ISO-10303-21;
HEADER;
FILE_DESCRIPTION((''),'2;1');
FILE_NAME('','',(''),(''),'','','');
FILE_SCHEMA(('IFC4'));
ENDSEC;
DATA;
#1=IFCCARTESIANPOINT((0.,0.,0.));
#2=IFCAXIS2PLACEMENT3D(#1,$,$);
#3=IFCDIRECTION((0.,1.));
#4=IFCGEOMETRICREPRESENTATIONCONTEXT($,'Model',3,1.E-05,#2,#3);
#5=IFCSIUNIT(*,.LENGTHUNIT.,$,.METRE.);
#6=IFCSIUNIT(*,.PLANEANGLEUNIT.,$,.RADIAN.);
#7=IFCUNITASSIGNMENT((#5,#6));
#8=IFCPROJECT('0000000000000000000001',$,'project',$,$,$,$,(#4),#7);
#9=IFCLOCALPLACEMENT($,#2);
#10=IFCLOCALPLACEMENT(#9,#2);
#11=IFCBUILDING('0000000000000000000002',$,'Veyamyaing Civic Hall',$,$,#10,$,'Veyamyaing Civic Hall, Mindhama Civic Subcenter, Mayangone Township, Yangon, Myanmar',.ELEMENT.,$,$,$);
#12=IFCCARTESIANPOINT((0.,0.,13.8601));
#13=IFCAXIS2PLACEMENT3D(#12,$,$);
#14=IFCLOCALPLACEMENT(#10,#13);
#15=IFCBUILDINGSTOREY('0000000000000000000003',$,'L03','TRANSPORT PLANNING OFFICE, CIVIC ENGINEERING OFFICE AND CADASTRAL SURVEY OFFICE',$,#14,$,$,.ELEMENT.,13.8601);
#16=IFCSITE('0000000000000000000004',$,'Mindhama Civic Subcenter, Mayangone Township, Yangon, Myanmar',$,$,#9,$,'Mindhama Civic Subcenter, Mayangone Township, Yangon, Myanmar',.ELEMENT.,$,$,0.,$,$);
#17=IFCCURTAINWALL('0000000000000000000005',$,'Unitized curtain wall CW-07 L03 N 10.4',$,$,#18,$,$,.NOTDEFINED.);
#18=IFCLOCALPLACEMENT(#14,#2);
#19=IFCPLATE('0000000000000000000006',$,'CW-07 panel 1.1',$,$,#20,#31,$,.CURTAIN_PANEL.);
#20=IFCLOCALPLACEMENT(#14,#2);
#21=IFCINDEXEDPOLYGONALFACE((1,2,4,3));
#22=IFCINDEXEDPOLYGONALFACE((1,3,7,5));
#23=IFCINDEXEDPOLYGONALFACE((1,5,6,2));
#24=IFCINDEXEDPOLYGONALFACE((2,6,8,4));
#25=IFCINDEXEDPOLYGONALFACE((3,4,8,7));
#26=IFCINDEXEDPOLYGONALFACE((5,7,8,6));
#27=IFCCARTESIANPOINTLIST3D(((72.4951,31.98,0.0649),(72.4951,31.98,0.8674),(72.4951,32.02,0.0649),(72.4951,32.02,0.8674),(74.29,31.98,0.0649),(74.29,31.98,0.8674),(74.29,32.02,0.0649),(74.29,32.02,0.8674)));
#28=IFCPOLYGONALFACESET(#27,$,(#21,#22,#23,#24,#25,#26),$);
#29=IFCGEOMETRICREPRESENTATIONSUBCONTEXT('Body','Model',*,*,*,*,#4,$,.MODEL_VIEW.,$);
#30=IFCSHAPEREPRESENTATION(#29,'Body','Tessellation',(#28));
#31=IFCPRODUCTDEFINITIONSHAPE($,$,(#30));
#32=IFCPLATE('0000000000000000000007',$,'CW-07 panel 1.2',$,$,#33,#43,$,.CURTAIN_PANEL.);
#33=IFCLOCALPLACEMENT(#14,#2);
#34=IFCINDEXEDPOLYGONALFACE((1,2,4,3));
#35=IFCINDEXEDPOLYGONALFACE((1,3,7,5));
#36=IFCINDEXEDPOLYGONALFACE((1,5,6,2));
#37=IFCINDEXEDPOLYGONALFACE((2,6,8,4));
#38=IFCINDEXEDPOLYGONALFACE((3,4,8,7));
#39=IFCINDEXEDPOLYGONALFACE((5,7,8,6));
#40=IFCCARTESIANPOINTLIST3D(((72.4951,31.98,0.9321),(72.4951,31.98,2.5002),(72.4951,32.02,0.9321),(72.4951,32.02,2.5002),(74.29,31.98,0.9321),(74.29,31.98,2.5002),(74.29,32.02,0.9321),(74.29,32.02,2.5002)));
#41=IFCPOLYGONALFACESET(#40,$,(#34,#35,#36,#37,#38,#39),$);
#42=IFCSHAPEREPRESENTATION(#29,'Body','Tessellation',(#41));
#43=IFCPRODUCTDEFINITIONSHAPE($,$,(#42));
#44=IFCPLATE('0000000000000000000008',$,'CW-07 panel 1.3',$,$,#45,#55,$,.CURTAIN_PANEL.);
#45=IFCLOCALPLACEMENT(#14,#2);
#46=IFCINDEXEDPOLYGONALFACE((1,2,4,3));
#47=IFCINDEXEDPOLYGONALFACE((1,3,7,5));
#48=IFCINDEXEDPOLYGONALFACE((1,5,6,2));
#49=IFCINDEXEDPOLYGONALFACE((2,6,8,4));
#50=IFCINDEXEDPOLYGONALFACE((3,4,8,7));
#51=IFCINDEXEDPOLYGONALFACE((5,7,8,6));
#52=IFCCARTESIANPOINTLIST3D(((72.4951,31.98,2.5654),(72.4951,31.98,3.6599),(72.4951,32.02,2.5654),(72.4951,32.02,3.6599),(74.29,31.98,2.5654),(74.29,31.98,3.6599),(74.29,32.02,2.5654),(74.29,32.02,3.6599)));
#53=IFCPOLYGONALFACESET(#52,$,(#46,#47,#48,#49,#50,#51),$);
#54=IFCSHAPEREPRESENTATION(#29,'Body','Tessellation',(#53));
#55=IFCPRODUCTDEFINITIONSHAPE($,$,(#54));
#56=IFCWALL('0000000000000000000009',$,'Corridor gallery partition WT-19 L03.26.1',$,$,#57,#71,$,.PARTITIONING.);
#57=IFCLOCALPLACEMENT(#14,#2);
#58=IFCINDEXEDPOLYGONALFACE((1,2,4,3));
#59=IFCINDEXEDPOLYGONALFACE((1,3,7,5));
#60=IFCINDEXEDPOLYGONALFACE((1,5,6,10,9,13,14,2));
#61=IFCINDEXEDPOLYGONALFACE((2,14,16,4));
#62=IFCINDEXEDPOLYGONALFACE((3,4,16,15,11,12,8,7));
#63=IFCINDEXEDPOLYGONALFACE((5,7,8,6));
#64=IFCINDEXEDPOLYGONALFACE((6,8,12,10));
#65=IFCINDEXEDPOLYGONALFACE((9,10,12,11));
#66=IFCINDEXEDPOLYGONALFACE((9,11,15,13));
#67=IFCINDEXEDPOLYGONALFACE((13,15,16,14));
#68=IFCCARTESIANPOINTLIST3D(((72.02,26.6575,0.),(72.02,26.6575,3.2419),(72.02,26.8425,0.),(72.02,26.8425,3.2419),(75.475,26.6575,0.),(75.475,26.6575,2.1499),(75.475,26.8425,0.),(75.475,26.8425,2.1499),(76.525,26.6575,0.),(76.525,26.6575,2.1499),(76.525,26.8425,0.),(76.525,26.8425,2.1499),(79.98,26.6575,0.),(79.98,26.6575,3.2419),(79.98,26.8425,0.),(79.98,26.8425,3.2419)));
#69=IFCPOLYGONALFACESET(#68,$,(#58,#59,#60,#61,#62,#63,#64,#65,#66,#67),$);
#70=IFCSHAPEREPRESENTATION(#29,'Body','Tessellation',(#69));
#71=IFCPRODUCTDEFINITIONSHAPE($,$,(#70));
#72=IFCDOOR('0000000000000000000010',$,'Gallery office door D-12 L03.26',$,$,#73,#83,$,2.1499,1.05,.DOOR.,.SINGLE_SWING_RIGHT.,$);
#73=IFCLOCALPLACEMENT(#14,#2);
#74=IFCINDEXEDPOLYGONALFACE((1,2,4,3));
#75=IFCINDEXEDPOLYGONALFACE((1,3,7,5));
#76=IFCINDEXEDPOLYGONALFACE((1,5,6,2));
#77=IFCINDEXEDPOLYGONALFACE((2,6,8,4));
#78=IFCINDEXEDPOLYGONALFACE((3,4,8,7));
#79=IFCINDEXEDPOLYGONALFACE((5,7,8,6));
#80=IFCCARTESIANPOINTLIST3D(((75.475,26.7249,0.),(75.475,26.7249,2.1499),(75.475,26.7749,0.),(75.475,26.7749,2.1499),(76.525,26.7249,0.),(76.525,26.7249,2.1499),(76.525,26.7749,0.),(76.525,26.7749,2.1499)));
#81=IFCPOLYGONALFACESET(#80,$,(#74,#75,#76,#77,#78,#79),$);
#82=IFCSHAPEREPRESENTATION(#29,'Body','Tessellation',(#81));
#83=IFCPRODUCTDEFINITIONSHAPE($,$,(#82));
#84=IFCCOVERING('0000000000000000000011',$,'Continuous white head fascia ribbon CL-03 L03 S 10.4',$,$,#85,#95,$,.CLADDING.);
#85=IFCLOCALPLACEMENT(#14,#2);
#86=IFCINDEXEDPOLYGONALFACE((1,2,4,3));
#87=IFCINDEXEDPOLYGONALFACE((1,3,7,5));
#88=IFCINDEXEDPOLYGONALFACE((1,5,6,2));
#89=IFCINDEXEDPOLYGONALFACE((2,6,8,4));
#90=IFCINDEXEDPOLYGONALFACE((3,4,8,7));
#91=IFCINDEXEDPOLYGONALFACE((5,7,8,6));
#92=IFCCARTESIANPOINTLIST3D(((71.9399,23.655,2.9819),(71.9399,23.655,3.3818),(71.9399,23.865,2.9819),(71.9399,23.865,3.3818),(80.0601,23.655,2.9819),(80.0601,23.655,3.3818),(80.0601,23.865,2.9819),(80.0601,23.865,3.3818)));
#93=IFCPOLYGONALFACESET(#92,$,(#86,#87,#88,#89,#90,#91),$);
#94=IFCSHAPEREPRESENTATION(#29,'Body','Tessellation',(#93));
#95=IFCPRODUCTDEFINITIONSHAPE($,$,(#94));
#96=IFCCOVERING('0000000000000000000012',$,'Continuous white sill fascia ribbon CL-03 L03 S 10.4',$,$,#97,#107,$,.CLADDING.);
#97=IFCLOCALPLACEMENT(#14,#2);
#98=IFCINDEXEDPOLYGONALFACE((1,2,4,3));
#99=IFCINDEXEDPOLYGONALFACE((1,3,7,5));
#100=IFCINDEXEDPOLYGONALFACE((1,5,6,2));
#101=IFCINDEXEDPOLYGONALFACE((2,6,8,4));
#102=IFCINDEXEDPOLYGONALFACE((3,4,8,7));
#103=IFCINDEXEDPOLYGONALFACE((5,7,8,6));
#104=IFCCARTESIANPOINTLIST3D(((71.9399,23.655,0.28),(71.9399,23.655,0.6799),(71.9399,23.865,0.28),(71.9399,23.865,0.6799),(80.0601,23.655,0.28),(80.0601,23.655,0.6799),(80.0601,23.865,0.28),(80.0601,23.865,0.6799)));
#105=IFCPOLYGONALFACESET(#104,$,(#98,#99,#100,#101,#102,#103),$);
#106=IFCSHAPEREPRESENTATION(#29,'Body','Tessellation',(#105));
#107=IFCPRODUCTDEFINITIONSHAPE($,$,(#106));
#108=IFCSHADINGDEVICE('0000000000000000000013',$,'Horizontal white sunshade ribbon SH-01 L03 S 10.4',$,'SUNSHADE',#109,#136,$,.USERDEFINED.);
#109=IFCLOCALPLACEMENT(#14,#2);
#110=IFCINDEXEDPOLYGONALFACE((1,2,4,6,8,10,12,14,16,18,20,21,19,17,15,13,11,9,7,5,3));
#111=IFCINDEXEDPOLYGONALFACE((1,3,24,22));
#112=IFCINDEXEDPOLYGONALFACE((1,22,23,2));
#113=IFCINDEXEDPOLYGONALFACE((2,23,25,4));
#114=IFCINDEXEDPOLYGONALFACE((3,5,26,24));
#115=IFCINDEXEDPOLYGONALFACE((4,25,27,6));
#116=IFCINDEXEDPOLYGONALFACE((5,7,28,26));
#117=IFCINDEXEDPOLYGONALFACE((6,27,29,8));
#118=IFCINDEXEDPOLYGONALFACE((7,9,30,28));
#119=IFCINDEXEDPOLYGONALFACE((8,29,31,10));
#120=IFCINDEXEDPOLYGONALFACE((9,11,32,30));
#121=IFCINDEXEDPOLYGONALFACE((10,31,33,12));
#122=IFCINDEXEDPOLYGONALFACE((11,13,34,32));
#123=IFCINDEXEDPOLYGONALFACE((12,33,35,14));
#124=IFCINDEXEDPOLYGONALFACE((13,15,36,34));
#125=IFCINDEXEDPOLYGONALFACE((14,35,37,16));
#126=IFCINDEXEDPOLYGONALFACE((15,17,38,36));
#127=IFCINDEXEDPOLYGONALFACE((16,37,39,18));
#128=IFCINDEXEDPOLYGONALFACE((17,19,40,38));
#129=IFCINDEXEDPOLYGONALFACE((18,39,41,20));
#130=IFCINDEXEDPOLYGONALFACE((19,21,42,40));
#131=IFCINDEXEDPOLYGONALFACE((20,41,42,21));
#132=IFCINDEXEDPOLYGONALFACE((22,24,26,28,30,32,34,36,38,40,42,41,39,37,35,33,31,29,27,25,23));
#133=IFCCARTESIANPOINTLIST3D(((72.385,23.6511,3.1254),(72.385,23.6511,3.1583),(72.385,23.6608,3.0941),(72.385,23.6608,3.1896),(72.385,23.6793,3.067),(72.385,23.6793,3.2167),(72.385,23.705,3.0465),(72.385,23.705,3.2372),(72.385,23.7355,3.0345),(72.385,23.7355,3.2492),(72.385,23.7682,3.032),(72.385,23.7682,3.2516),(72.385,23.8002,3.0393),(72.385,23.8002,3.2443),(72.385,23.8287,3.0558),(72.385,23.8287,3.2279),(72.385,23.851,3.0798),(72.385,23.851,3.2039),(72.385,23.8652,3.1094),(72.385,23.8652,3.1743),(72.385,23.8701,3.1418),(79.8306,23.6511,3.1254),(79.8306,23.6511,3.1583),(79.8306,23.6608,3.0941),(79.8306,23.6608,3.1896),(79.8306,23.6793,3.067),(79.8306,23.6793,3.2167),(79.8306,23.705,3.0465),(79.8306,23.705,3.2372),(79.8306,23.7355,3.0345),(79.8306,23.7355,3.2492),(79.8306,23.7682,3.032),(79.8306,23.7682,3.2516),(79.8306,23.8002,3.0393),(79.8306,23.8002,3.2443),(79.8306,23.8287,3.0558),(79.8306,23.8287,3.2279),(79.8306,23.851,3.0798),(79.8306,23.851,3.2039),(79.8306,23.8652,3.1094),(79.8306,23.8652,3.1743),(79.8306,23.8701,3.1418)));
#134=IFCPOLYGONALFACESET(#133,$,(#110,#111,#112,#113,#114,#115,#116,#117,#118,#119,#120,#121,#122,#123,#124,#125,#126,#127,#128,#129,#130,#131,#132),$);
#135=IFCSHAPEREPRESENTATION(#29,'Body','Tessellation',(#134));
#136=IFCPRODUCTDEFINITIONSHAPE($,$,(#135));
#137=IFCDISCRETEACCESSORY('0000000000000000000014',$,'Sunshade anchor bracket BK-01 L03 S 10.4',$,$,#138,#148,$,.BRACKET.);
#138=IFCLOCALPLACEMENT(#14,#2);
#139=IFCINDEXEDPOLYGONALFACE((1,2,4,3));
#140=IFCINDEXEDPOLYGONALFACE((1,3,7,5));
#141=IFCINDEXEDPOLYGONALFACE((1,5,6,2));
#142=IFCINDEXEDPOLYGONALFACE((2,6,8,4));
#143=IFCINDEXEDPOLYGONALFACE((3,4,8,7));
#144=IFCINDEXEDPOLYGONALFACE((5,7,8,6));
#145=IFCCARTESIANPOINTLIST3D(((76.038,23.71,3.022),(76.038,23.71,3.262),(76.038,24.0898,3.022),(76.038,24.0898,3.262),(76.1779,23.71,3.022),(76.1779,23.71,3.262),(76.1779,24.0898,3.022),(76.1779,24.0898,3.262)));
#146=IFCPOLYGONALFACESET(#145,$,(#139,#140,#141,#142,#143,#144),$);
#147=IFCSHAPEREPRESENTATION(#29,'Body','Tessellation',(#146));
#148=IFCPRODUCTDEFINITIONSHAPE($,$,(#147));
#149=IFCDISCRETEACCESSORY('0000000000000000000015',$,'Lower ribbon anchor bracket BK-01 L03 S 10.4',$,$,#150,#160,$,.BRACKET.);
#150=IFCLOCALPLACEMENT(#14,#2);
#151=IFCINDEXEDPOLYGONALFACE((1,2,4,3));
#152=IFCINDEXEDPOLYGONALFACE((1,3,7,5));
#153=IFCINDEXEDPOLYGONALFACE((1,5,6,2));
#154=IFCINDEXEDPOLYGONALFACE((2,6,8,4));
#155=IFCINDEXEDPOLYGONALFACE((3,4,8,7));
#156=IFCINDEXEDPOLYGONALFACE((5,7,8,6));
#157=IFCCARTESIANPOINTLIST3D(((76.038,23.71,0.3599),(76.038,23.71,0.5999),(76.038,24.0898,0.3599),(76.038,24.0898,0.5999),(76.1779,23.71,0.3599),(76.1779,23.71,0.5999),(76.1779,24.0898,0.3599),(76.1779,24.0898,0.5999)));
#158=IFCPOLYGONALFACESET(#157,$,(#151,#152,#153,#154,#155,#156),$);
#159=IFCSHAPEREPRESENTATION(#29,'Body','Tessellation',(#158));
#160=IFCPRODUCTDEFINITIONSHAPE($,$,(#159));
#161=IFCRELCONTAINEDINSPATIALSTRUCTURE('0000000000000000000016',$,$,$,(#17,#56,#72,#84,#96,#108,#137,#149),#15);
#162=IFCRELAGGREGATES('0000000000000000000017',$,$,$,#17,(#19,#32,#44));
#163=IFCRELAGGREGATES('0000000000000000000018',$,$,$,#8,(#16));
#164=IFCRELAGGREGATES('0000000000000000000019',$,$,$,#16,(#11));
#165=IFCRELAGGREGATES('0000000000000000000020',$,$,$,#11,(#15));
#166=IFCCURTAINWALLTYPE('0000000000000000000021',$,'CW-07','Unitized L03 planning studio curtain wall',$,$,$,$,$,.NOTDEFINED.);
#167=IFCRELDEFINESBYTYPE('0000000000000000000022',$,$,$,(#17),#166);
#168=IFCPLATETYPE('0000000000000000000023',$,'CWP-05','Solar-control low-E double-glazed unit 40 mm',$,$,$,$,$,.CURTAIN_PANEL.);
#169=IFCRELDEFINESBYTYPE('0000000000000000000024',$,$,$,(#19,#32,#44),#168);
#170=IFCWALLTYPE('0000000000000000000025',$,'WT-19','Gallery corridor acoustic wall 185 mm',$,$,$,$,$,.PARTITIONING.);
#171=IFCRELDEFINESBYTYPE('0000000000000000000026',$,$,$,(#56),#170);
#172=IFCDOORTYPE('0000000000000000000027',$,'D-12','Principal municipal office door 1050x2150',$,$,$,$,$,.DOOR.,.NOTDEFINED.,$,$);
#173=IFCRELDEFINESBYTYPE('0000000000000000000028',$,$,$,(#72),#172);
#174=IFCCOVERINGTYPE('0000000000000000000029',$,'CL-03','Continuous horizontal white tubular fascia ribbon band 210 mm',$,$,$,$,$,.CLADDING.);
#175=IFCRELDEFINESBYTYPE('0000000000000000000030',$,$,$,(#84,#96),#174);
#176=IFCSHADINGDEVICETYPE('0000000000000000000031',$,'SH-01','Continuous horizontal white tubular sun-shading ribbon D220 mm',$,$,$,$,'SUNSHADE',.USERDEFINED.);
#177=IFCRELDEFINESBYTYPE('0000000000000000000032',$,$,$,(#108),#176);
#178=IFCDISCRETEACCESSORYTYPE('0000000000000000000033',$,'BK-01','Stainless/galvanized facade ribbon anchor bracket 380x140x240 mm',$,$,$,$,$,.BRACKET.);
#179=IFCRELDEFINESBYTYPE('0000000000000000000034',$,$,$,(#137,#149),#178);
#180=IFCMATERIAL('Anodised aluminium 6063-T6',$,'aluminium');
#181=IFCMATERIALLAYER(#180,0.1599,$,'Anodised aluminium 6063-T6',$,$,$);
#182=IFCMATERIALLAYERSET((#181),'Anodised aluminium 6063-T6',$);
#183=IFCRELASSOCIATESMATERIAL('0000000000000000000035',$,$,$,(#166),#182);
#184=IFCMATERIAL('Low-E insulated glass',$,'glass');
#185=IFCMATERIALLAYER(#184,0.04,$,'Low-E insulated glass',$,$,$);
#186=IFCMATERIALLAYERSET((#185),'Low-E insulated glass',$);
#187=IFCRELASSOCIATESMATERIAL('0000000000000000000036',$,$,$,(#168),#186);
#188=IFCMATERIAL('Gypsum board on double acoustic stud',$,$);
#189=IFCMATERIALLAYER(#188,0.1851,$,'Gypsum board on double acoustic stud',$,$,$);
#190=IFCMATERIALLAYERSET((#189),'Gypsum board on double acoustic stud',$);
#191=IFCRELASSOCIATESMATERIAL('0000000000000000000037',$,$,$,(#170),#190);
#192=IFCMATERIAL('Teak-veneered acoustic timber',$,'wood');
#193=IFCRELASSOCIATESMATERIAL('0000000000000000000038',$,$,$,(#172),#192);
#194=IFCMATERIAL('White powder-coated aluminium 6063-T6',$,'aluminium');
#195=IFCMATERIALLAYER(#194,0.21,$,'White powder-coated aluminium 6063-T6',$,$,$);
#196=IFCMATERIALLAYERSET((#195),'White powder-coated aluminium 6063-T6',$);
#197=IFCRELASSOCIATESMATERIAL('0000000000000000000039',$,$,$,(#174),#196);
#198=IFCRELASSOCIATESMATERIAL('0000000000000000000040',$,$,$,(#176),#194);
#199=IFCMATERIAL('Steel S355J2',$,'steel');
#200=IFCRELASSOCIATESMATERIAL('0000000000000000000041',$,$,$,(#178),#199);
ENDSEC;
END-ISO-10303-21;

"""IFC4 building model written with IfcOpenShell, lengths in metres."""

from ifc_helpers import new_model, si_unit, direction, frame, frame_2d, origin, origin_2d, place, context, subcontext, project, spatial, rectangle, circle, extrude, material, layer, layer_set, material_profile, profile_set, type_object, element, fill, aggregate, save


model = new_model("IFC4")

# Units and contexts
model_context = context("Model", 3, precision=1e-05, world=origin(), true_north=direction((0.0, 1.0)))
body_context = subcontext(model_context, "Body", "Model", "MODEL_VIEW")
ifc_project = project(units=[si_unit("LENGTHUNIT", "METRE"), si_unit("PLANEANGLEUNIT", "RADIAN")], contexts=[model_context])

# Site, building, storey
site_placement = place(None, origin())
site = spatial("IfcSite", under=ifc_project, at=site_placement, Name="Mindhama Civic Subcenter, Mayangone Township, Yangon, Myanmar", LongName="Mindhama Civic Subcenter, Mayangone Township, Yangon, Myanmar", CompositionType="ELEMENT", RefElevation=0.0)
building_placement = place(site_placement, origin())
building = spatial("IfcBuilding", under=site, at=building_placement, Name="Veyamyaing Civic Hall", LongName="Veyamyaing Civic Hall, Mindhama Civic Subcenter, Mayangone Township, Yangon, Myanmar", CompositionType="ELEMENT")
storey_placement = place(building_placement, frame((0.0, 0.0, 13.8601)))
storey = spatial("IfcBuildingStorey", under=building, at=storey_placement, Name="L03", Description="TRANSPORT PLANNING OFFICE, CIVIC ENGINEERING OFFICE AND CADASTRAL SURVEY OFFICE", CompositionType="ELEMENT", Elevation=13.8601)

# Curtain wall
ifc_material_1 = material(Name="Anodised aluminium 6063-T6", Category="aluminium")
ifc_layer_1 = layer(ifc_material_1, 0.1599, Name="Anodised aluminium 6063-T6")
ifc_layer_set_1 = layer_set([ifc_layer_1], Name="Anodised aluminium 6063-T6")
curtain_wall_type = type_object("IfcCurtainWallType", Name="CW-07", Description="Unitized L03 planning studio curtain wall", PredefinedType="NOTDEFINED", material=ifc_layer_set_1)
curtain_wall_1_placement = place(storey_placement, origin())
curtain_wall_1 = element("IfcCurtainWall", 1, at=curtain_wall_1_placement, inside=storey, type_object=curtain_wall_type, Name="Unitized curtain wall CW-07 L03 N 10.4", PredefinedType="NOTDEFINED")

# Plates
ifc_material_2 = material(Name="Low-E insulated glass", Category="glass")
ifc_layer_2 = layer(ifc_material_2, 0.04, Name="Low-E insulated glass")
ifc_layer_set_2 = layer_set([ifc_layer_2], Name="Low-E insulated glass")
plate_type = type_object("IfcPlateType", Name="CWP-05", Description="Solar-control low-E double-glazed unit 40 mm", PredefinedType="CURTAIN_PANEL", material=ifc_layer_set_2)
plate_1_placement = place(storey_placement, frame((73.3926, 32.0, 0.0649), z_axis=(0.0, 0.0, 1.0), x_axis=(1.0, 0.0, 0.0)))
plate_1 = element("IfcPlate", 2, at=plate_1_placement, type_object=plate_type, Name="CW-07 panel 1.1", PredefinedType="CURTAIN_PANEL", context=body_context, shape_type="SweptSolid", body=[
    extrude(rectangle(XDim=1.7949, YDim=0.04, at=origin_2d()), origin(), (0.0, 0.0, 1.0), 0.8025),
])
plate_2_placement = place(storey_placement, frame((73.3926, 32.0, 0.9321), z_axis=(0.0, 0.0, 1.0), x_axis=(1.0, 0.0, 0.0)))
plate_2 = element("IfcPlate", 3, at=plate_2_placement, type_object=plate_type, Name="CW-07 panel 1.2", PredefinedType="CURTAIN_PANEL", context=body_context, shape_type="SweptSolid", body=[
    extrude(rectangle(XDim=1.7949, YDim=0.04, at=origin_2d()), origin(), (0.0, 0.0, 1.0), 1.5681),
])
plate_3_placement = place(storey_placement, frame((73.3926, 32.0, 2.5654), z_axis=(0.0, 0.0, 1.0), x_axis=(1.0, 0.0, 0.0)))
plate_3 = element("IfcPlate", 4, at=plate_3_placement, type_object=plate_type, Name="CW-07 panel 1.3", PredefinedType="CURTAIN_PANEL", context=body_context, shape_type="SweptSolid", body=[
    extrude(rectangle(XDim=1.7949, YDim=0.04, at=origin_2d()), origin(), (0.0, 0.0, 1.0), 1.0945),
])
aggregate(curtain_wall_1, [plate_1, plate_2, plate_3])

# Wall, opening, door
ifc_material_3 = material(Name="Gypsum board on double acoustic stud")
ifc_layer_3 = layer(ifc_material_3, 0.1851, Name="Gypsum board on double acoustic stud")
ifc_layer_set_3 = layer_set([ifc_layer_3], Name="Gypsum board on double acoustic stud")
wall_type = type_object("IfcWallType", Name="WT-19", Description="Gallery corridor acoustic wall 185 mm", PredefinedType="PARTITIONING", material=ifc_layer_set_3)
wall_placement = place(storey_placement, frame((72.02, 26.75, 0.0), z_axis=(0.0, 0.0, 1.0), x_axis=(1.0, 0.0, 0.0)))
wall = element("IfcWall", 5, at=wall_placement, inside=storey, type_object=wall_type, Name="Corridor gallery partition WT-19 L03.26.1", PredefinedType="PARTITIONING", context=body_context, shape_type="SweptSolid", body=[
    extrude(rectangle(XDim=7.96, YDim=0.1851, at=frame_2d((3.98, 0.0))), origin(), (0.0, 0.0, 1.0), 3.2419),
])
opening_placement = place(wall_placement, frame((3.4551, 0.0, 0.0)))
opening = element("IfcOpeningElement", 6, at=opening_placement, cuts=wall, PredefinedType="OPENING", context=body_context, shape_type="SweptSolid", body=[
    extrude(rectangle(XDim=1.05, YDim=2.1499, at=frame_2d((0.5249, 1.075))), frame((0.0, 0.1025, 0.0), z_axis=(0.0, -1.0, 0.0), x_axis=(1.0, 0.0, 0.0)), (0.0, 0.0, 1.0), 0.2051),
])
ifc_material_4 = material(Name="Teak-veneered acoustic timber", Category="wood")
door_type = type_object("IfcDoorType", Name="D-12", Description="Principal municipal office door 1050x2150", OperationType="NOTDEFINED", PredefinedType="DOOR", material=ifc_material_4)
door_placement = place(opening_placement, origin())
door = element("IfcDoor", 7, at=door_placement, inside=storey, type_object=door_type, Name="Gallery office door D-12 L03.26", OperationType="SINGLE_SWING_RIGHT", OverallHeight=2.1499, OverallWidth=1.05, PredefinedType="DOOR", context=body_context, shape_type="SweptSolid", body=[
    extrude(rectangle(XDim=1.05, YDim=2.1499, at=frame_2d((0.5249, 1.075))), frame((0.0, 0.0249, 0.0), z_axis=(0.0, -1.0, 0.0), x_axis=(1.0, 0.0, 0.0)), (0.0, 0.0, 1.0), 0.05),
])
fill(opening, door)

# Coverings
ifc_material_5 = material(Name="White powder-coated aluminium 6063-T6", Category="aluminium")
ifc_layer_4 = layer(ifc_material_5, 0.21, Name="White powder-coated aluminium 6063-T6")
ifc_layer_set_4 = layer_set([ifc_layer_4], Name="White powder-coated aluminium 6063-T6")
covering_type = type_object("IfcCoveringType", Name="CL-03", Description="Continuous horizontal white tubular fascia ribbon band 210 mm", PredefinedType="CLADDING", material=ifc_layer_set_4)
for number, where, z_axis, x_axis, name in (
    (8, (76.0, 23.76, 2.9819), (0.0, 0.0, 1.0), (1.0, 0.0, 0.0), "Continuous white head fascia ribbon CL-03 L03 S 10.4"),
    (9, (76.0, 23.76, 0.28), (0.0, 0.0, 1.0), (1.0, 0.0, 0.0), "Continuous white sill fascia ribbon CL-03 L03 S 10.4"),
):
    element("IfcCovering", number, at=place(storey_placement, frame(where, z_axis=z_axis, x_axis=x_axis)), inside=storey, type_object=covering_type, Name=name, PredefinedType="CLADDING", context=body_context, shape_type="SweptSolid", body=[
        extrude(rectangle(XDim=8.1201, YDim=0.21, at=origin_2d()), origin(), (0.0, 0.0, 1.0), 0.3999),
    ])

# Shading device
ifc_material_profile_1 = material_profile(ifc_material_5, circle(Radius=0.1101, at=origin_2d()), Name="SHADE-TUBE-220")
ifc_profile_set_1 = profile_set([ifc_material_profile_1], Name="White powder-coated aluminium 6063-T6")
shading_device_type = type_object("IfcShadingDeviceType", Name="SH-01", Description="Continuous horizontal white tubular sun-shading ribbon D220 mm", ElementType="SUNSHADE", PredefinedType="USERDEFINED", material=ifc_profile_set_1)
shading_device_placement = place(storey_placement, frame((72.385, 23.76, 3.1418), z_axis=(1.0, 0.0, 0.0), x_axis=(0.0, 1.0, 0.0)))
element("IfcShadingDevice", 10, at=shading_device_placement, inside=storey, type_object=shading_device_type, Name="Horizontal white sunshade ribbon SH-01 L03 S 10.4", ObjectType="SUNSHADE", PredefinedType="USERDEFINED", context=body_context, shape_type="SweptSolid", body=[
    extrude(circle(Radius=0.1101, at=origin_2d()), origin(), (0.0, 0.0, 1.0), 7.4456),
])

# Discrete accessories
ifc_material_6 = material(Name="Steel S355J2", Category="steel")
discrete_accessory_type = type_object("IfcDiscreteAccessoryType", Name="BK-01", Description="Stainless/galvanized facade ribbon anchor bracket 380x140x240 mm", PredefinedType="BRACKET", material=ifc_material_6)
for number, where, z_axis, x_axis, name in (
    (11, (76.1079, 23.8999, 3.022), (0.0, 0.0, 1.0), (0.0, -1.0, 0.0), "Sunshade anchor bracket BK-01 L03 S 10.4"),
    (12, (76.1079, 23.8999, 0.3599), (0.0, 0.0, 1.0), (0.0, -1.0, 0.0), "Lower ribbon anchor bracket BK-01 L03 S 10.4"),
):
    element("IfcDiscreteAccessory", number, at=place(storey_placement, frame(where, z_axis=z_axis, x_axis=x_axis)), inside=storey, type_object=discrete_accessory_type, Name=name, PredefinedType="BRACKET", context=body_context, shape_type="SweptSolid", body=[
        extrude(rectangle(XDim=0.3799, YDim=0.1399, at=origin_2d()), origin(), (0.0, 0.0, 1.0), 0.24),
    ])

save(model, "model.ifc")
